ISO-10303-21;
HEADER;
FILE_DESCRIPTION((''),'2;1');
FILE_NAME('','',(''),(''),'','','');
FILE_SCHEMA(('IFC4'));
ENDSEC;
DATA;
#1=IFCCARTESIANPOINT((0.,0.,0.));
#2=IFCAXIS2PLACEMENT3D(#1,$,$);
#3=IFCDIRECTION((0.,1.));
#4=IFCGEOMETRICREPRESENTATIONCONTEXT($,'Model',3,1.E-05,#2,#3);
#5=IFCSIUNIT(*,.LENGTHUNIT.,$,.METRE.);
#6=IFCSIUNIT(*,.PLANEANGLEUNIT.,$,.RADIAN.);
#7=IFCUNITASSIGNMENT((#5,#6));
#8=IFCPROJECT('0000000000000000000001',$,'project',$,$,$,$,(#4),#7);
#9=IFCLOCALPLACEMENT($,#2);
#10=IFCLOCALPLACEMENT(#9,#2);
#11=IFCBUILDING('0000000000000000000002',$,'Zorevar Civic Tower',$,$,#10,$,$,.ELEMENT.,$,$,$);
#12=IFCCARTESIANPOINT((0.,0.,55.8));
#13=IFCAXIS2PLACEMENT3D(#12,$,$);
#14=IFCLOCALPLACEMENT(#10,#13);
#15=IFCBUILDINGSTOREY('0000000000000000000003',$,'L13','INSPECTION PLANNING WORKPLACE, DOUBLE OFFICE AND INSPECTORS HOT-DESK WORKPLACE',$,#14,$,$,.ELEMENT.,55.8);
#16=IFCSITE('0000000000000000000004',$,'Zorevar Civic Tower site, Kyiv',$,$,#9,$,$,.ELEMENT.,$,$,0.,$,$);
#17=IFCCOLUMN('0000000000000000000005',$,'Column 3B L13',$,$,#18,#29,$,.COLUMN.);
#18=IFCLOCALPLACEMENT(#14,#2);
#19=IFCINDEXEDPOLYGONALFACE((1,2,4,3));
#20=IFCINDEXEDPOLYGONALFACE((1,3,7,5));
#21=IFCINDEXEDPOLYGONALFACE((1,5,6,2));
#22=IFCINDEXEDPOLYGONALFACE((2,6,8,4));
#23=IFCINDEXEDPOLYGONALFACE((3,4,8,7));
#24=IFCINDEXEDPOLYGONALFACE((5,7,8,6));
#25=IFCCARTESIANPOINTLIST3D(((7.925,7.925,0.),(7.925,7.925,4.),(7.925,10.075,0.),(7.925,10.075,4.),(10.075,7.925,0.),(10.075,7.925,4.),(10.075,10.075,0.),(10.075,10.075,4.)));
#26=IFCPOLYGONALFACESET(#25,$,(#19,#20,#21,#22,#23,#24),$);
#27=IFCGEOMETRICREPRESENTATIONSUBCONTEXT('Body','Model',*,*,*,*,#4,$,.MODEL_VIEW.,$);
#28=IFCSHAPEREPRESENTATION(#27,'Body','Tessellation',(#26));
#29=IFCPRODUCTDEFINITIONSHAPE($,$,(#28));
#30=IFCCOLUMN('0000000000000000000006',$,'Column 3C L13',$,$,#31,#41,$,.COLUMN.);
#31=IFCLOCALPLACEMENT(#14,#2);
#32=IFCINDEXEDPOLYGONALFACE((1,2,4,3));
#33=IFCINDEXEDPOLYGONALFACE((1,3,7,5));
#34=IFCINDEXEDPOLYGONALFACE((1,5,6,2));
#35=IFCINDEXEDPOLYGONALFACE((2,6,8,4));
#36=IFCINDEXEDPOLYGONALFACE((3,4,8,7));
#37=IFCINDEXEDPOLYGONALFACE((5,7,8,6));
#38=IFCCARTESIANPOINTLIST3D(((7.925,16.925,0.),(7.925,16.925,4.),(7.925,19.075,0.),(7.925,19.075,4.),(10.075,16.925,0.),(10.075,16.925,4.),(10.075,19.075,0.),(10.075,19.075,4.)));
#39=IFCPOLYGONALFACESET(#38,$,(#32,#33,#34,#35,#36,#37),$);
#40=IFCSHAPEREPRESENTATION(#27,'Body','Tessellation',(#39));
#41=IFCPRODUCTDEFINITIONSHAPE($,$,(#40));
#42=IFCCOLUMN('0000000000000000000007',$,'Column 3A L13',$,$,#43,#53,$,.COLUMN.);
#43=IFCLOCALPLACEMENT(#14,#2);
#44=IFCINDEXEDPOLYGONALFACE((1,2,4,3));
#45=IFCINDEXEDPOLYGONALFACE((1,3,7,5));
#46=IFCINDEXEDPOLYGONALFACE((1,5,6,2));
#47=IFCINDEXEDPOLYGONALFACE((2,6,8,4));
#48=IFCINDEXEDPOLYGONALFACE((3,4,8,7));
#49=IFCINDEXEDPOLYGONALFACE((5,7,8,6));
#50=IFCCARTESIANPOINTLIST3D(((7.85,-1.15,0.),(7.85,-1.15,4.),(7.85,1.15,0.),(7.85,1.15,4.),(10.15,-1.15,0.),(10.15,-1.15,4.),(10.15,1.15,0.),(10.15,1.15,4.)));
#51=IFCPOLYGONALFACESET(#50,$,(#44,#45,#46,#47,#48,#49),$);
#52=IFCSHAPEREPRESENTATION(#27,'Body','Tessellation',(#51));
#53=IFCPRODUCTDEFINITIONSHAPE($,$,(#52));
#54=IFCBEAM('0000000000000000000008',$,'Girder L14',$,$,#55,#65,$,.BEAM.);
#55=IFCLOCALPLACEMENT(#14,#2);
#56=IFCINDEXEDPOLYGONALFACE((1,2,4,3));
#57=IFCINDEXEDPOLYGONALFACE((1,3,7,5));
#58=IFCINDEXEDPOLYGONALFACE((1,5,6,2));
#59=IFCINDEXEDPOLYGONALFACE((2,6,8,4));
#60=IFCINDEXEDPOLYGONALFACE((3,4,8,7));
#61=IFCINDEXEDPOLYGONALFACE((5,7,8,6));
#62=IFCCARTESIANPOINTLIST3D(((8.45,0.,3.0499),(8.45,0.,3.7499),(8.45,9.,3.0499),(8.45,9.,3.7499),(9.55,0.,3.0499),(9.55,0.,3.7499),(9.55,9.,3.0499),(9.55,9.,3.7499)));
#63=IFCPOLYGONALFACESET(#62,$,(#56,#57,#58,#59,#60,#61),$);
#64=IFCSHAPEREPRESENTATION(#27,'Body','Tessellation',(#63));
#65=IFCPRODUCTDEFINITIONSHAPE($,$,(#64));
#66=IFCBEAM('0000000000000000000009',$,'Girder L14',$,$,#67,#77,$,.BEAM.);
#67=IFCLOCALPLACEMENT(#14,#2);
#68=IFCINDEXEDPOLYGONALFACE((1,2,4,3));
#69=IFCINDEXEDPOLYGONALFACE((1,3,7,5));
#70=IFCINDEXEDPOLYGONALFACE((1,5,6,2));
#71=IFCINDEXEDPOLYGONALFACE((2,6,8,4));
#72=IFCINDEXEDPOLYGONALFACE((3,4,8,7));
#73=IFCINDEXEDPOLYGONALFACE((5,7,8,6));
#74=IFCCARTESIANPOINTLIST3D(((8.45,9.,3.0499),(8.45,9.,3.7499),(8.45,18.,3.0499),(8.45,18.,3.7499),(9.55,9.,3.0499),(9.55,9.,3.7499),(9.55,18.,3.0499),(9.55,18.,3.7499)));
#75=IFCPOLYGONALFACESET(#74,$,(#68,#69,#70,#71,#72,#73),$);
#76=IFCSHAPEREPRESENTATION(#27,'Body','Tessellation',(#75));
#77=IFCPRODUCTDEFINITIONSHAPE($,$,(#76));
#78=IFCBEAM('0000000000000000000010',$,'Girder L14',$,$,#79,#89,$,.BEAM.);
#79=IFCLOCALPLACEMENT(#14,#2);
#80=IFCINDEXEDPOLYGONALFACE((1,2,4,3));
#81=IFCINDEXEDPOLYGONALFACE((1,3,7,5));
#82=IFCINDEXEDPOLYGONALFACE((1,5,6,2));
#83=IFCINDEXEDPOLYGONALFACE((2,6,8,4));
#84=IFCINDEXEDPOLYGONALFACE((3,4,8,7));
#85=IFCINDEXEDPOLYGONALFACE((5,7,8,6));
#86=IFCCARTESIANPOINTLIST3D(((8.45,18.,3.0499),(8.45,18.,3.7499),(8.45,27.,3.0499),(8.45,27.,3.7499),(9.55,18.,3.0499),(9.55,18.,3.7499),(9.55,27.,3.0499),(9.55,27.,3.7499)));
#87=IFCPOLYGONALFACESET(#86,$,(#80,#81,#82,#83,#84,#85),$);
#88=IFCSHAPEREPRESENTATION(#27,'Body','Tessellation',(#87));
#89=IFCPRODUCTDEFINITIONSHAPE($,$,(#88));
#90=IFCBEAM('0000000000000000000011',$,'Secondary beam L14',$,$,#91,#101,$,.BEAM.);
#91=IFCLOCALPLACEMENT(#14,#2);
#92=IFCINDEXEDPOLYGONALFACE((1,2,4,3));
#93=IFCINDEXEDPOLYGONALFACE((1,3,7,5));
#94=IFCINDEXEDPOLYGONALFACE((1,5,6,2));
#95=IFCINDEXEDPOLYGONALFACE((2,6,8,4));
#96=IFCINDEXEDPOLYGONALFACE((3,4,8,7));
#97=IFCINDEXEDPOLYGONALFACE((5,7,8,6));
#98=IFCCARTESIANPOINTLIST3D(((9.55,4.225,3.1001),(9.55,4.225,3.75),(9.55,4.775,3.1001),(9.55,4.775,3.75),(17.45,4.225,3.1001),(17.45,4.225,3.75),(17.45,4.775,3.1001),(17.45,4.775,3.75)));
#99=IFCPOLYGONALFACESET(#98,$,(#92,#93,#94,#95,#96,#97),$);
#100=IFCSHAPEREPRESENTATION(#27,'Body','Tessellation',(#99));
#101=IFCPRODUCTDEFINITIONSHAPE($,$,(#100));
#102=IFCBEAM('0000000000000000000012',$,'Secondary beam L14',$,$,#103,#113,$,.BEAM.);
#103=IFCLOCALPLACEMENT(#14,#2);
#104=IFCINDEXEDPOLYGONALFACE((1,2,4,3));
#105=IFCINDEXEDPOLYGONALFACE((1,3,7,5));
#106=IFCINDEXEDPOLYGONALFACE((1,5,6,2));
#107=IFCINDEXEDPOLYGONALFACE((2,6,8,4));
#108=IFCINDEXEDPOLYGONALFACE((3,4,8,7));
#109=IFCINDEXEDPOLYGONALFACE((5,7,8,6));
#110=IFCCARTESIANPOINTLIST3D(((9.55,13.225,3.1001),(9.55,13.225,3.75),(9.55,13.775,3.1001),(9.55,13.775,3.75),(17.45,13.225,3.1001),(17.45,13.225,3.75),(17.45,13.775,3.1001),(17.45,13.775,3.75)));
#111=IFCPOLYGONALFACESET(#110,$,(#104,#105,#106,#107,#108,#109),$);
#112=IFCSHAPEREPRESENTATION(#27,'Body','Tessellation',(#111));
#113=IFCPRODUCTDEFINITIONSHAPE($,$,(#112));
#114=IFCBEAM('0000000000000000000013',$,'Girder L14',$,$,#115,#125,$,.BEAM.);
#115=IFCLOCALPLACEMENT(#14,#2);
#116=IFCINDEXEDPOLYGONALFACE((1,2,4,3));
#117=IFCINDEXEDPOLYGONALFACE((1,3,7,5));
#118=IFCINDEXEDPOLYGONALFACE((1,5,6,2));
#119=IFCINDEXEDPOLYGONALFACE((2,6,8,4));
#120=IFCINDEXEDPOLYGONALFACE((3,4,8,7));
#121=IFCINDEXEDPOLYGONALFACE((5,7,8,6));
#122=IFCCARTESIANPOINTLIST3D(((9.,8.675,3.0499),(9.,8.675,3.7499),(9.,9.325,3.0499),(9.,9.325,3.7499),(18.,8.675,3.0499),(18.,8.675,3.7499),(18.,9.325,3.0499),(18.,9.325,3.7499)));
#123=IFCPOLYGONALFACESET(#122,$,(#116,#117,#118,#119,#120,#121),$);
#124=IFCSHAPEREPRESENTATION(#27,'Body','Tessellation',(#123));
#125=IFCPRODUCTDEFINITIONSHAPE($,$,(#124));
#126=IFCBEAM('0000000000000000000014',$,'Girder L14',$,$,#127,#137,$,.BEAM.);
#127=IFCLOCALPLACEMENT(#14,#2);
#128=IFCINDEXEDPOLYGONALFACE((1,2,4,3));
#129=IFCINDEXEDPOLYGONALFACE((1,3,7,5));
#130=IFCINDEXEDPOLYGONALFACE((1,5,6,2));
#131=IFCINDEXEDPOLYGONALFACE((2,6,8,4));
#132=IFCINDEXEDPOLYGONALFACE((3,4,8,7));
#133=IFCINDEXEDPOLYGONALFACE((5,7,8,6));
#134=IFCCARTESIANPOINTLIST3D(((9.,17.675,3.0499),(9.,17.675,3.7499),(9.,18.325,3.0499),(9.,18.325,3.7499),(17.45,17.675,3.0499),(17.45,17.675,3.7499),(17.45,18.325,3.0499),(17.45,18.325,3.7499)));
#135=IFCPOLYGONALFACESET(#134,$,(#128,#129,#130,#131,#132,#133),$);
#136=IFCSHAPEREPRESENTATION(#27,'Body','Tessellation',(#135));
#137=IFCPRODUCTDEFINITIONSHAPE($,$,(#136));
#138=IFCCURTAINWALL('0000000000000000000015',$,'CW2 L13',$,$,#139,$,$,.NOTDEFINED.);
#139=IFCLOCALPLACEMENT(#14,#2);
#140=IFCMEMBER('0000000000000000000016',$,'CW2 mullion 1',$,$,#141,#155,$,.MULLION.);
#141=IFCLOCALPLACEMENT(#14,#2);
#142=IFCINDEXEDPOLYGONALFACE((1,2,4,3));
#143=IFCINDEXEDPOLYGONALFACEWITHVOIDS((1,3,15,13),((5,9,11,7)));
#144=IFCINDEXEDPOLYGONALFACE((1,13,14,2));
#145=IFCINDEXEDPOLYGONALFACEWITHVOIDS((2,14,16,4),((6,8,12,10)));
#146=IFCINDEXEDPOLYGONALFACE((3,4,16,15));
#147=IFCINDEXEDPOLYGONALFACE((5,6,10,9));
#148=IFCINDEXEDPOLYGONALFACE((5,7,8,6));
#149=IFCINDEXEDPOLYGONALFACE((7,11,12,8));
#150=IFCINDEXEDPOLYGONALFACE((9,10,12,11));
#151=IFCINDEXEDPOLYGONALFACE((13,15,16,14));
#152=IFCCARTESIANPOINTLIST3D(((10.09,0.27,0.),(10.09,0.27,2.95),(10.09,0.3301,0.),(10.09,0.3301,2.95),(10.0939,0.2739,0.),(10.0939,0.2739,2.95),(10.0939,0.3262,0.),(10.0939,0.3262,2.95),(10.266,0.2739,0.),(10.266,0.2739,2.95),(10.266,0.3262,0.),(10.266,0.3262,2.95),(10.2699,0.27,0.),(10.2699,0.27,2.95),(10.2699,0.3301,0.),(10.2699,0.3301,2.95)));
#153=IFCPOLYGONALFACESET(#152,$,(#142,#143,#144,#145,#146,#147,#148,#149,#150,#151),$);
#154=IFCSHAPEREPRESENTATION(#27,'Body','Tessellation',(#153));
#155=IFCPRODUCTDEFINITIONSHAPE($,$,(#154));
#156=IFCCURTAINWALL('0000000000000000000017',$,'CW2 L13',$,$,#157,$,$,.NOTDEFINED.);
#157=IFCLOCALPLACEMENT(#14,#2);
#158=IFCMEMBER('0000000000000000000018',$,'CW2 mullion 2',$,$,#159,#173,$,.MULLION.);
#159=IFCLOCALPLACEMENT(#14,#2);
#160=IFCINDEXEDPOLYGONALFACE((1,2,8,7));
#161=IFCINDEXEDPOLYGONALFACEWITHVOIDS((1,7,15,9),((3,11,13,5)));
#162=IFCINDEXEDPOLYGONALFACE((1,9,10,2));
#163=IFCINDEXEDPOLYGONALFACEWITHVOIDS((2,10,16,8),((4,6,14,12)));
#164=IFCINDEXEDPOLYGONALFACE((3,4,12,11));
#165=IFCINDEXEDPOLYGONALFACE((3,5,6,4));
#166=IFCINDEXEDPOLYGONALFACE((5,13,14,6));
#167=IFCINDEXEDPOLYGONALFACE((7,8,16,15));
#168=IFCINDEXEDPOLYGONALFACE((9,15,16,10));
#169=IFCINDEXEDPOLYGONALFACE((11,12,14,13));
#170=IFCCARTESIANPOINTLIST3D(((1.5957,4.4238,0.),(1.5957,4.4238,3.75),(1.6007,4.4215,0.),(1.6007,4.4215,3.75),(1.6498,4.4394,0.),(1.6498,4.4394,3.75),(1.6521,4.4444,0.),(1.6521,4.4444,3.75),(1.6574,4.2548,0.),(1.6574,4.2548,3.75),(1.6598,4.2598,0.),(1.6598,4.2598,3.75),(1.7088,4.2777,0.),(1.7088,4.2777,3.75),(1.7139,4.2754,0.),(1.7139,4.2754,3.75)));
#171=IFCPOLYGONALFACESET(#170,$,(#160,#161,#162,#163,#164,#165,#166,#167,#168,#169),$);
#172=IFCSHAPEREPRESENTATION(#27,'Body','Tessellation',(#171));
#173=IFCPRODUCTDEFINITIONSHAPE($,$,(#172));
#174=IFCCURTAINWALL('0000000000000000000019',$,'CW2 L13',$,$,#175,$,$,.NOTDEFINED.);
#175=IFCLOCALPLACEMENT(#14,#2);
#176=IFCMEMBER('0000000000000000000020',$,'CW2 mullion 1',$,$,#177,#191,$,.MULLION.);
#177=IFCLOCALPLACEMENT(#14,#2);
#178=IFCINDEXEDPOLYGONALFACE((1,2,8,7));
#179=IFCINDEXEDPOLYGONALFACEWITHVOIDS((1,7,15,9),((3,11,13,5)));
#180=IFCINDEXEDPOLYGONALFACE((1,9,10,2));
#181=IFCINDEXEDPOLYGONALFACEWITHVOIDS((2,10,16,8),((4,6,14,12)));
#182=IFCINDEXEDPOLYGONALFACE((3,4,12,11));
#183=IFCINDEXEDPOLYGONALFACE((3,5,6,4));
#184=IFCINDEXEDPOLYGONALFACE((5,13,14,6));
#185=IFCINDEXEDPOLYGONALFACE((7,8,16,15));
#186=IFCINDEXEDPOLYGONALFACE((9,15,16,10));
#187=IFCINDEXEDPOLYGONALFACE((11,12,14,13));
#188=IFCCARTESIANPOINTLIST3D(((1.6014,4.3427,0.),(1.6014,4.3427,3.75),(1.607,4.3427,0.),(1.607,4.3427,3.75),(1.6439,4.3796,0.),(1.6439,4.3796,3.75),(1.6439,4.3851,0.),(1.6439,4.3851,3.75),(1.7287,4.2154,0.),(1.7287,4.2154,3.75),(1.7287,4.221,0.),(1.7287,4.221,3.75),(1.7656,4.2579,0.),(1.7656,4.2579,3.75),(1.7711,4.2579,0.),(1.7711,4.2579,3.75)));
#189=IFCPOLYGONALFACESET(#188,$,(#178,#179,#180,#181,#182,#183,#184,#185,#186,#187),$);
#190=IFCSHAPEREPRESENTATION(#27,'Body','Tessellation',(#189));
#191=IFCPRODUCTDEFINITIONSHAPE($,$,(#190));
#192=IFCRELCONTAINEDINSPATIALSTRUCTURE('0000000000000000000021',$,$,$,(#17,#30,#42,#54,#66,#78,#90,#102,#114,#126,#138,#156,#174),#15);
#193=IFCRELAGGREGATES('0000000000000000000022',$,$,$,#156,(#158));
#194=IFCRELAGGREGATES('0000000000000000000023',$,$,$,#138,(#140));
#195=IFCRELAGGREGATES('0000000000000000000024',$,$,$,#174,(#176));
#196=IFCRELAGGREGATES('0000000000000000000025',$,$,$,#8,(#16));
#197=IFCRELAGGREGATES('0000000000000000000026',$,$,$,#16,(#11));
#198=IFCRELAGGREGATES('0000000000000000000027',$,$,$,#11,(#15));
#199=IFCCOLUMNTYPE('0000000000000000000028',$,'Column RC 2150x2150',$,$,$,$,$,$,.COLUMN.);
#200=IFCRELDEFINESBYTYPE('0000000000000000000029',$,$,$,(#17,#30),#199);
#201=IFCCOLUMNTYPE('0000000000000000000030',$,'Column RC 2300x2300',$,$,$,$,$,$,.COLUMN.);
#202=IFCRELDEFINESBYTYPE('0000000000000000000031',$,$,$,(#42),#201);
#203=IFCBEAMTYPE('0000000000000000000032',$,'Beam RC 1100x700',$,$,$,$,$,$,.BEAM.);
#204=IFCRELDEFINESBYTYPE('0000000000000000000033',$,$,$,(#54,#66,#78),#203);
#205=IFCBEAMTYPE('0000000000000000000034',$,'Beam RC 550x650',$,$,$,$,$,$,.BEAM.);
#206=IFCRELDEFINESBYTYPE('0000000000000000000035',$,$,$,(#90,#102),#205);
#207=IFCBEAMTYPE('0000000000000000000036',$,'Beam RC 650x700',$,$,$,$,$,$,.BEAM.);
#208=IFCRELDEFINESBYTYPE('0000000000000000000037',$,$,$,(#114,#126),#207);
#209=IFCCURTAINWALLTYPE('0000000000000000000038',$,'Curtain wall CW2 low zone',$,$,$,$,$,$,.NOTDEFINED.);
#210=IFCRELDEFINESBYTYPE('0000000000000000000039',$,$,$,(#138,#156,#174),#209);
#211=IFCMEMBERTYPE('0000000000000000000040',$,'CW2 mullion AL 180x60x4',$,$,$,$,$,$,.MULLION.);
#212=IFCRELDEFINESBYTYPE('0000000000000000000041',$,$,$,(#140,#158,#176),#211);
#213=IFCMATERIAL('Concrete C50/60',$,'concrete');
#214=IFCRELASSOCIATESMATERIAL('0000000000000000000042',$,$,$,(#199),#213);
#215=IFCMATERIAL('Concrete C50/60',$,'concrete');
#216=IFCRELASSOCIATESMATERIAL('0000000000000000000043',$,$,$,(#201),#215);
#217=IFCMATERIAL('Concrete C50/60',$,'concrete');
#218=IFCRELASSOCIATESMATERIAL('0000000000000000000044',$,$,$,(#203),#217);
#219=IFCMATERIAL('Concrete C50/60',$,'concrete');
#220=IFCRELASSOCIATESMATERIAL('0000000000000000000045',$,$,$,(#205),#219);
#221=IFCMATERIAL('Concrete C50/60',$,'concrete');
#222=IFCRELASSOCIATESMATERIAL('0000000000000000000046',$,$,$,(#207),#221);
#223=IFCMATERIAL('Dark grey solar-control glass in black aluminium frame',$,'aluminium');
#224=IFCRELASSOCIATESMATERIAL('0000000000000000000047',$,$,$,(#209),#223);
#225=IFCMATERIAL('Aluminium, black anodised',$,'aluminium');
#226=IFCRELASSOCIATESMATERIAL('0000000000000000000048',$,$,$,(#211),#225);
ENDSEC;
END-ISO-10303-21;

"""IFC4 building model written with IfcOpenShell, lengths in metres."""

from ifc_helpers import new_model, si_unit, direction, frame, origin, origin_2d, place, context, subcontext, project, spatial, rectangle, hollow_rectangle, extrude, material, material_profile, profile_set, type_object, element, aggregate, save


model = new_model("IFC4")

# Units and contexts
model_context = context("Model", 3, precision=1e-05, world=origin(), true_north=direction((0.0, 1.0)))
body_context = subcontext(model_context, "Body", "Model", "MODEL_VIEW")
ifc_project = project(units=[si_unit("LENGTHUNIT", "METRE"), si_unit("PLANEANGLEUNIT", "RADIAN")], contexts=[model_context])

# Site, building, storey
site_placement = place(None, origin())
site = spatial("IfcSite", under=ifc_project, at=site_placement, Name="Zorevar Civic Tower site, Kyiv", CompositionType="ELEMENT", RefElevation=0.0)
building_placement = place(site_placement, origin())
building = spatial("IfcBuilding", under=site, at=building_placement, Name="Zorevar Civic Tower", CompositionType="ELEMENT")
storey_placement = place(building_placement, frame((0.0, 0.0, 55.8)))
storey = spatial("IfcBuildingStorey", under=building, at=storey_placement, Name="L13", Description="INSPECTION PLANNING WORKPLACE, DOUBLE OFFICE AND INSPECTORS HOT-DESK WORKPLACE", CompositionType="ELEMENT", Elevation=55.8)

# Columns
ifc_material_1 = material(Name="Concrete C50/60", Category="concrete")
ifc_material_profile_1 = material_profile(ifc_material_1, rectangle(XDim=2.1499, YDim=2.1499, at=origin_2d()), Name="RC 2150x2150")
ifc_profile_set_1 = profile_set([ifc_material_profile_1], Name="Concrete C50/60")
column_type_1 = type_object("IfcColumnType", Name="Column RC 2150x2150", PredefinedType="COLUMN", material=ifc_profile_set_1)
for number, where, z_axis, x_axis, name in (
    (1, (9.0, 9.0, 0.0), (0.0, 0.0, 1.0), (1.0, 0.0, 0.0), "Column 3B L13"),
    (2, (9.0, 18.0, 0.0), (0.0, 0.0, 1.0), (1.0, 0.0, 0.0), "Column 3C L13"),
):
    element("IfcColumn", number, at=place(storey_placement, frame(where, z_axis=z_axis, x_axis=x_axis)), inside=storey, type_object=column_type_1, Name=name, PredefinedType="COLUMN", context=body_context, shape_type="SweptSolid", body=[
        extrude(rectangle(XDim=2.1499, YDim=2.1499, at=origin_2d()), origin(), (0.0, 0.0, 1.0), 4.0),
    ])
ifc_material_2 = material(Name="Concrete C50/60", Category="concrete")
ifc_material_profile_2 = material_profile(ifc_material_2, rectangle(XDim=2.3, YDim=2.3, at=origin_2d()), Name="RC 2300x2300")
ifc_profile_set_2 = profile_set([ifc_material_profile_2], Name="Concrete C50/60")
column_type_2 = type_object("IfcColumnType", Name="Column RC 2300x2300", PredefinedType="COLUMN", material=ifc_profile_set_2)
column_placement = place(storey_placement, frame((9.0, 0.0, 0.0), z_axis=(0.0, 0.0, 1.0), x_axis=(1.0, 0.0, 0.0)))
element("IfcColumn", 3, at=column_placement, inside=storey, type_object=column_type_2, Name="Column 3A L13", PredefinedType="COLUMN", context=body_context, shape_type="SweptSolid", body=[
    extrude(rectangle(XDim=2.3, YDim=2.3, at=origin_2d()), origin(), (0.0, 0.0, 1.0), 4.0),
])

# Beams
ifc_material_3 = material(Name="Concrete C50/60", Category="concrete")
ifc_material_profile_3 = material_profile(ifc_material_3, rectangle(XDim=1.1001, YDim=0.7, at=origin_2d()), Name="RC 1100x700")
ifc_profile_set_3 = profile_set([ifc_material_profile_3], Name="Concrete C50/60")
beam_type_1 = type_object("IfcBeamType", Name="Beam RC 1100x700", PredefinedType="BEAM", material=ifc_profile_set_3)
for number, where, z_axis, x_axis, name in (
    (4, (9.0, 0.0, 3.3999), (0.0, 1.0, 0.0), (-1.0, 0.0, 0.0), "Girder L14"),
    (5, (9.0, 9.0, 3.3999), (0.0, 1.0, 0.0), (-1.0, 0.0, 0.0), "Girder L14"),
    (6, (9.0, 18.0, 3.3999), (0.0, 1.0, 0.0), (-1.0, 0.0, 0.0), "Girder L14"),
):
    element("IfcBeam", number, at=place(storey_placement, frame(where, z_axis=z_axis, x_axis=x_axis)), inside=storey, type_object=beam_type_1, Name=name, PredefinedType="BEAM", context=body_context, shape_type="SweptSolid", body=[
        extrude(rectangle(XDim=1.1001, YDim=0.7, at=origin_2d()), origin(), (0.0, 0.0, 1.0), 9.0),
    ])
ifc_material_4 = material(Name="Concrete C50/60", Category="concrete")
ifc_material_profile_4 = material_profile(ifc_material_4, rectangle(XDim=0.55, YDim=0.6499, at=origin_2d()), Name="RC 550x650")
ifc_profile_set_4 = profile_set([ifc_material_profile_4], Name="Concrete C50/60")
beam_type_2 = type_object("IfcBeamType", Name="Beam RC 550x650", PredefinedType="BEAM", material=ifc_profile_set_4)
for number, where, z_axis, x_axis, name in (
    (7, (9.55, 4.5, 3.425), (1.0, 0.0, 0.0), (0.0, 1.0, 0.0), "Secondary beam L14"),
    (8, (9.55, 13.5, 3.425), (1.0, 0.0, 0.0), (0.0, 1.0, 0.0), "Secondary beam L14"),
):
    element("IfcBeam", number, at=place(storey_placement, frame(where, z_axis=z_axis, x_axis=x_axis)), inside=storey, type_object=beam_type_2, Name=name, PredefinedType="BEAM", context=body_context, shape_type="SweptSolid", body=[
        extrude(rectangle(XDim=0.55, YDim=0.6499, at=origin_2d()), origin(), (0.0, 0.0, 1.0), 7.8999),
    ])
ifc_material_5 = material(Name="Concrete C50/60", Category="concrete")
ifc_material_profile_5 = material_profile(ifc_material_5, rectangle(XDim=0.6499, YDim=0.7, at=origin_2d()), Name="RC 650x700")
ifc_profile_set_5 = profile_set([ifc_material_profile_5], Name="Concrete C50/60")
beam_type_3 = type_object("IfcBeamType", Name="Beam RC 650x700", PredefinedType="BEAM", material=ifc_profile_set_5)
beam_1_placement = place(storey_placement, frame((9.0, 9.0, 3.3999), z_axis=(1.0, 0.0, 0.0), x_axis=(0.0, 1.0, 0.0)))
element("IfcBeam", 9, at=beam_1_placement, inside=storey, type_object=beam_type_3, Name="Girder L14", PredefinedType="BEAM", context=body_context, shape_type="SweptSolid", body=[
    extrude(rectangle(XDim=0.6499, YDim=0.7, at=origin_2d()), origin(), (0.0, 0.0, 1.0), 9.0),
])
beam_2_placement = place(storey_placement, frame((9.0, 18.0, 3.3999), z_axis=(1.0, 0.0, 0.0), x_axis=(0.0, 1.0, 0.0)))
element("IfcBeam", 10, at=beam_2_placement, inside=storey, type_object=beam_type_3, Name="Girder L14", PredefinedType="BEAM", context=body_context, shape_type="SweptSolid", body=[
    extrude(rectangle(XDim=0.6499, YDim=0.7, at=origin_2d()), origin(), (0.0, 0.0, 1.0), 8.45),
])

# Curtain walls, members
ifc_material_6 = material(Name="Dark grey solar-control glass in black aluminium frame", Category="aluminium")
curtain_wall_type = type_object("IfcCurtainWallType", Name="Curtain wall CW2 low zone", PredefinedType="NOTDEFINED", material=ifc_material_6)
curtain_wall_1_placement = place(storey_placement, origin())
curtain_wall_1 = element("IfcCurtainWall", 11, at=curtain_wall_1_placement, inside=storey, type_object=curtain_wall_type, Name="CW2 L13", PredefinedType="NOTDEFINED")
ifc_material_7 = material(Name="Aluminium, black anodised", Category="aluminium")
ifc_material_profile_6 = material_profile(ifc_material_7, hollow_rectangle(XDim=0.0601, YDim=0.1799, WallThickness=0.0039, at=origin_2d()), Name="AL 180x60x4")
ifc_profile_set_6 = profile_set([ifc_material_profile_6], Name="Aluminium, black anodised")
member_type_1 = type_object("IfcMemberType", Name="CW2 mullion AL 180x60x4", PredefinedType="MULLION", material=ifc_profile_set_6)
member_1_placement = place(storey_placement, frame((10.1799, 0.3, 0.0), z_axis=(0.0, 0.0, 1.0), x_axis=(0.0, 1.0, 0.0)))
member_1 = element("IfcMember", 12, at=member_1_placement, type_object=member_type_1, Name="CW2 mullion 1", PredefinedType="MULLION", context=body_context, shape_type="SweptSolid", body=[
    extrude(hollow_rectangle(XDim=0.0601, YDim=0.1799, WallThickness=0.0039, at=origin_2d()), origin(), (0.0, 0.0, 1.0), 2.95),
])
curtain_wall_2_placement = place(storey_placement, origin())
curtain_wall_2 = element("IfcCurtainWall", 13, at=curtain_wall_2_placement, inside=storey, type_object=curtain_wall_type, Name="CW2 L13", PredefinedType="NOTDEFINED")
member_2_placement = place(storey_placement, frame((1.6548, 4.3496, 0.0), z_axis=(0.0, 0.0, 1.0), x_axis=(0.939313, 0.34306, 0.0)))
member_2 = element("IfcMember", 14, at=member_2_placement, type_object=member_type_1, Name="CW2 mullion 2", PredefinedType="MULLION", context=body_context, shape_type="SweptSolid", body=[
    extrude(hollow_rectangle(XDim=0.0601, YDim=0.1799, WallThickness=0.0039, at=origin_2d()), origin(), (0.0, 0.0, 1.0), 3.75),
])
aggregate(curtain_wall_2, [member_2])

# Curtain wall, member
curtain_wall_3_placement = place(storey_placement, origin())
curtain_wall_3 = element("IfcCurtainWall", 15, at=curtain_wall_3_placement, inside=storey, type_object=curtain_wall_type, Name="CW2 L13", PredefinedType="NOTDEFINED")
member_3_placement = place(storey_placement, frame((1.6863, 4.3003, 0.0), z_axis=(0.0, 0.0, 1.0), x_axis=(0.707107, 0.707107, 0.0)))
member_3 = element("IfcMember", 16, at=member_3_placement, type_object=member_type_1, Name="CW2 mullion 1", PredefinedType="MULLION", context=body_context, shape_type="SweptSolid", body=[
    extrude(hollow_rectangle(XDim=0.0601, YDim=0.1799, WallThickness=0.0039, at=origin_2d()), origin(), (0.0, 0.0, 1.0), 3.75),
])

aggregate(curtain_wall_1, [member_1])

aggregate(curtain_wall_3, [member_3])

save(model, "model.ifc")
